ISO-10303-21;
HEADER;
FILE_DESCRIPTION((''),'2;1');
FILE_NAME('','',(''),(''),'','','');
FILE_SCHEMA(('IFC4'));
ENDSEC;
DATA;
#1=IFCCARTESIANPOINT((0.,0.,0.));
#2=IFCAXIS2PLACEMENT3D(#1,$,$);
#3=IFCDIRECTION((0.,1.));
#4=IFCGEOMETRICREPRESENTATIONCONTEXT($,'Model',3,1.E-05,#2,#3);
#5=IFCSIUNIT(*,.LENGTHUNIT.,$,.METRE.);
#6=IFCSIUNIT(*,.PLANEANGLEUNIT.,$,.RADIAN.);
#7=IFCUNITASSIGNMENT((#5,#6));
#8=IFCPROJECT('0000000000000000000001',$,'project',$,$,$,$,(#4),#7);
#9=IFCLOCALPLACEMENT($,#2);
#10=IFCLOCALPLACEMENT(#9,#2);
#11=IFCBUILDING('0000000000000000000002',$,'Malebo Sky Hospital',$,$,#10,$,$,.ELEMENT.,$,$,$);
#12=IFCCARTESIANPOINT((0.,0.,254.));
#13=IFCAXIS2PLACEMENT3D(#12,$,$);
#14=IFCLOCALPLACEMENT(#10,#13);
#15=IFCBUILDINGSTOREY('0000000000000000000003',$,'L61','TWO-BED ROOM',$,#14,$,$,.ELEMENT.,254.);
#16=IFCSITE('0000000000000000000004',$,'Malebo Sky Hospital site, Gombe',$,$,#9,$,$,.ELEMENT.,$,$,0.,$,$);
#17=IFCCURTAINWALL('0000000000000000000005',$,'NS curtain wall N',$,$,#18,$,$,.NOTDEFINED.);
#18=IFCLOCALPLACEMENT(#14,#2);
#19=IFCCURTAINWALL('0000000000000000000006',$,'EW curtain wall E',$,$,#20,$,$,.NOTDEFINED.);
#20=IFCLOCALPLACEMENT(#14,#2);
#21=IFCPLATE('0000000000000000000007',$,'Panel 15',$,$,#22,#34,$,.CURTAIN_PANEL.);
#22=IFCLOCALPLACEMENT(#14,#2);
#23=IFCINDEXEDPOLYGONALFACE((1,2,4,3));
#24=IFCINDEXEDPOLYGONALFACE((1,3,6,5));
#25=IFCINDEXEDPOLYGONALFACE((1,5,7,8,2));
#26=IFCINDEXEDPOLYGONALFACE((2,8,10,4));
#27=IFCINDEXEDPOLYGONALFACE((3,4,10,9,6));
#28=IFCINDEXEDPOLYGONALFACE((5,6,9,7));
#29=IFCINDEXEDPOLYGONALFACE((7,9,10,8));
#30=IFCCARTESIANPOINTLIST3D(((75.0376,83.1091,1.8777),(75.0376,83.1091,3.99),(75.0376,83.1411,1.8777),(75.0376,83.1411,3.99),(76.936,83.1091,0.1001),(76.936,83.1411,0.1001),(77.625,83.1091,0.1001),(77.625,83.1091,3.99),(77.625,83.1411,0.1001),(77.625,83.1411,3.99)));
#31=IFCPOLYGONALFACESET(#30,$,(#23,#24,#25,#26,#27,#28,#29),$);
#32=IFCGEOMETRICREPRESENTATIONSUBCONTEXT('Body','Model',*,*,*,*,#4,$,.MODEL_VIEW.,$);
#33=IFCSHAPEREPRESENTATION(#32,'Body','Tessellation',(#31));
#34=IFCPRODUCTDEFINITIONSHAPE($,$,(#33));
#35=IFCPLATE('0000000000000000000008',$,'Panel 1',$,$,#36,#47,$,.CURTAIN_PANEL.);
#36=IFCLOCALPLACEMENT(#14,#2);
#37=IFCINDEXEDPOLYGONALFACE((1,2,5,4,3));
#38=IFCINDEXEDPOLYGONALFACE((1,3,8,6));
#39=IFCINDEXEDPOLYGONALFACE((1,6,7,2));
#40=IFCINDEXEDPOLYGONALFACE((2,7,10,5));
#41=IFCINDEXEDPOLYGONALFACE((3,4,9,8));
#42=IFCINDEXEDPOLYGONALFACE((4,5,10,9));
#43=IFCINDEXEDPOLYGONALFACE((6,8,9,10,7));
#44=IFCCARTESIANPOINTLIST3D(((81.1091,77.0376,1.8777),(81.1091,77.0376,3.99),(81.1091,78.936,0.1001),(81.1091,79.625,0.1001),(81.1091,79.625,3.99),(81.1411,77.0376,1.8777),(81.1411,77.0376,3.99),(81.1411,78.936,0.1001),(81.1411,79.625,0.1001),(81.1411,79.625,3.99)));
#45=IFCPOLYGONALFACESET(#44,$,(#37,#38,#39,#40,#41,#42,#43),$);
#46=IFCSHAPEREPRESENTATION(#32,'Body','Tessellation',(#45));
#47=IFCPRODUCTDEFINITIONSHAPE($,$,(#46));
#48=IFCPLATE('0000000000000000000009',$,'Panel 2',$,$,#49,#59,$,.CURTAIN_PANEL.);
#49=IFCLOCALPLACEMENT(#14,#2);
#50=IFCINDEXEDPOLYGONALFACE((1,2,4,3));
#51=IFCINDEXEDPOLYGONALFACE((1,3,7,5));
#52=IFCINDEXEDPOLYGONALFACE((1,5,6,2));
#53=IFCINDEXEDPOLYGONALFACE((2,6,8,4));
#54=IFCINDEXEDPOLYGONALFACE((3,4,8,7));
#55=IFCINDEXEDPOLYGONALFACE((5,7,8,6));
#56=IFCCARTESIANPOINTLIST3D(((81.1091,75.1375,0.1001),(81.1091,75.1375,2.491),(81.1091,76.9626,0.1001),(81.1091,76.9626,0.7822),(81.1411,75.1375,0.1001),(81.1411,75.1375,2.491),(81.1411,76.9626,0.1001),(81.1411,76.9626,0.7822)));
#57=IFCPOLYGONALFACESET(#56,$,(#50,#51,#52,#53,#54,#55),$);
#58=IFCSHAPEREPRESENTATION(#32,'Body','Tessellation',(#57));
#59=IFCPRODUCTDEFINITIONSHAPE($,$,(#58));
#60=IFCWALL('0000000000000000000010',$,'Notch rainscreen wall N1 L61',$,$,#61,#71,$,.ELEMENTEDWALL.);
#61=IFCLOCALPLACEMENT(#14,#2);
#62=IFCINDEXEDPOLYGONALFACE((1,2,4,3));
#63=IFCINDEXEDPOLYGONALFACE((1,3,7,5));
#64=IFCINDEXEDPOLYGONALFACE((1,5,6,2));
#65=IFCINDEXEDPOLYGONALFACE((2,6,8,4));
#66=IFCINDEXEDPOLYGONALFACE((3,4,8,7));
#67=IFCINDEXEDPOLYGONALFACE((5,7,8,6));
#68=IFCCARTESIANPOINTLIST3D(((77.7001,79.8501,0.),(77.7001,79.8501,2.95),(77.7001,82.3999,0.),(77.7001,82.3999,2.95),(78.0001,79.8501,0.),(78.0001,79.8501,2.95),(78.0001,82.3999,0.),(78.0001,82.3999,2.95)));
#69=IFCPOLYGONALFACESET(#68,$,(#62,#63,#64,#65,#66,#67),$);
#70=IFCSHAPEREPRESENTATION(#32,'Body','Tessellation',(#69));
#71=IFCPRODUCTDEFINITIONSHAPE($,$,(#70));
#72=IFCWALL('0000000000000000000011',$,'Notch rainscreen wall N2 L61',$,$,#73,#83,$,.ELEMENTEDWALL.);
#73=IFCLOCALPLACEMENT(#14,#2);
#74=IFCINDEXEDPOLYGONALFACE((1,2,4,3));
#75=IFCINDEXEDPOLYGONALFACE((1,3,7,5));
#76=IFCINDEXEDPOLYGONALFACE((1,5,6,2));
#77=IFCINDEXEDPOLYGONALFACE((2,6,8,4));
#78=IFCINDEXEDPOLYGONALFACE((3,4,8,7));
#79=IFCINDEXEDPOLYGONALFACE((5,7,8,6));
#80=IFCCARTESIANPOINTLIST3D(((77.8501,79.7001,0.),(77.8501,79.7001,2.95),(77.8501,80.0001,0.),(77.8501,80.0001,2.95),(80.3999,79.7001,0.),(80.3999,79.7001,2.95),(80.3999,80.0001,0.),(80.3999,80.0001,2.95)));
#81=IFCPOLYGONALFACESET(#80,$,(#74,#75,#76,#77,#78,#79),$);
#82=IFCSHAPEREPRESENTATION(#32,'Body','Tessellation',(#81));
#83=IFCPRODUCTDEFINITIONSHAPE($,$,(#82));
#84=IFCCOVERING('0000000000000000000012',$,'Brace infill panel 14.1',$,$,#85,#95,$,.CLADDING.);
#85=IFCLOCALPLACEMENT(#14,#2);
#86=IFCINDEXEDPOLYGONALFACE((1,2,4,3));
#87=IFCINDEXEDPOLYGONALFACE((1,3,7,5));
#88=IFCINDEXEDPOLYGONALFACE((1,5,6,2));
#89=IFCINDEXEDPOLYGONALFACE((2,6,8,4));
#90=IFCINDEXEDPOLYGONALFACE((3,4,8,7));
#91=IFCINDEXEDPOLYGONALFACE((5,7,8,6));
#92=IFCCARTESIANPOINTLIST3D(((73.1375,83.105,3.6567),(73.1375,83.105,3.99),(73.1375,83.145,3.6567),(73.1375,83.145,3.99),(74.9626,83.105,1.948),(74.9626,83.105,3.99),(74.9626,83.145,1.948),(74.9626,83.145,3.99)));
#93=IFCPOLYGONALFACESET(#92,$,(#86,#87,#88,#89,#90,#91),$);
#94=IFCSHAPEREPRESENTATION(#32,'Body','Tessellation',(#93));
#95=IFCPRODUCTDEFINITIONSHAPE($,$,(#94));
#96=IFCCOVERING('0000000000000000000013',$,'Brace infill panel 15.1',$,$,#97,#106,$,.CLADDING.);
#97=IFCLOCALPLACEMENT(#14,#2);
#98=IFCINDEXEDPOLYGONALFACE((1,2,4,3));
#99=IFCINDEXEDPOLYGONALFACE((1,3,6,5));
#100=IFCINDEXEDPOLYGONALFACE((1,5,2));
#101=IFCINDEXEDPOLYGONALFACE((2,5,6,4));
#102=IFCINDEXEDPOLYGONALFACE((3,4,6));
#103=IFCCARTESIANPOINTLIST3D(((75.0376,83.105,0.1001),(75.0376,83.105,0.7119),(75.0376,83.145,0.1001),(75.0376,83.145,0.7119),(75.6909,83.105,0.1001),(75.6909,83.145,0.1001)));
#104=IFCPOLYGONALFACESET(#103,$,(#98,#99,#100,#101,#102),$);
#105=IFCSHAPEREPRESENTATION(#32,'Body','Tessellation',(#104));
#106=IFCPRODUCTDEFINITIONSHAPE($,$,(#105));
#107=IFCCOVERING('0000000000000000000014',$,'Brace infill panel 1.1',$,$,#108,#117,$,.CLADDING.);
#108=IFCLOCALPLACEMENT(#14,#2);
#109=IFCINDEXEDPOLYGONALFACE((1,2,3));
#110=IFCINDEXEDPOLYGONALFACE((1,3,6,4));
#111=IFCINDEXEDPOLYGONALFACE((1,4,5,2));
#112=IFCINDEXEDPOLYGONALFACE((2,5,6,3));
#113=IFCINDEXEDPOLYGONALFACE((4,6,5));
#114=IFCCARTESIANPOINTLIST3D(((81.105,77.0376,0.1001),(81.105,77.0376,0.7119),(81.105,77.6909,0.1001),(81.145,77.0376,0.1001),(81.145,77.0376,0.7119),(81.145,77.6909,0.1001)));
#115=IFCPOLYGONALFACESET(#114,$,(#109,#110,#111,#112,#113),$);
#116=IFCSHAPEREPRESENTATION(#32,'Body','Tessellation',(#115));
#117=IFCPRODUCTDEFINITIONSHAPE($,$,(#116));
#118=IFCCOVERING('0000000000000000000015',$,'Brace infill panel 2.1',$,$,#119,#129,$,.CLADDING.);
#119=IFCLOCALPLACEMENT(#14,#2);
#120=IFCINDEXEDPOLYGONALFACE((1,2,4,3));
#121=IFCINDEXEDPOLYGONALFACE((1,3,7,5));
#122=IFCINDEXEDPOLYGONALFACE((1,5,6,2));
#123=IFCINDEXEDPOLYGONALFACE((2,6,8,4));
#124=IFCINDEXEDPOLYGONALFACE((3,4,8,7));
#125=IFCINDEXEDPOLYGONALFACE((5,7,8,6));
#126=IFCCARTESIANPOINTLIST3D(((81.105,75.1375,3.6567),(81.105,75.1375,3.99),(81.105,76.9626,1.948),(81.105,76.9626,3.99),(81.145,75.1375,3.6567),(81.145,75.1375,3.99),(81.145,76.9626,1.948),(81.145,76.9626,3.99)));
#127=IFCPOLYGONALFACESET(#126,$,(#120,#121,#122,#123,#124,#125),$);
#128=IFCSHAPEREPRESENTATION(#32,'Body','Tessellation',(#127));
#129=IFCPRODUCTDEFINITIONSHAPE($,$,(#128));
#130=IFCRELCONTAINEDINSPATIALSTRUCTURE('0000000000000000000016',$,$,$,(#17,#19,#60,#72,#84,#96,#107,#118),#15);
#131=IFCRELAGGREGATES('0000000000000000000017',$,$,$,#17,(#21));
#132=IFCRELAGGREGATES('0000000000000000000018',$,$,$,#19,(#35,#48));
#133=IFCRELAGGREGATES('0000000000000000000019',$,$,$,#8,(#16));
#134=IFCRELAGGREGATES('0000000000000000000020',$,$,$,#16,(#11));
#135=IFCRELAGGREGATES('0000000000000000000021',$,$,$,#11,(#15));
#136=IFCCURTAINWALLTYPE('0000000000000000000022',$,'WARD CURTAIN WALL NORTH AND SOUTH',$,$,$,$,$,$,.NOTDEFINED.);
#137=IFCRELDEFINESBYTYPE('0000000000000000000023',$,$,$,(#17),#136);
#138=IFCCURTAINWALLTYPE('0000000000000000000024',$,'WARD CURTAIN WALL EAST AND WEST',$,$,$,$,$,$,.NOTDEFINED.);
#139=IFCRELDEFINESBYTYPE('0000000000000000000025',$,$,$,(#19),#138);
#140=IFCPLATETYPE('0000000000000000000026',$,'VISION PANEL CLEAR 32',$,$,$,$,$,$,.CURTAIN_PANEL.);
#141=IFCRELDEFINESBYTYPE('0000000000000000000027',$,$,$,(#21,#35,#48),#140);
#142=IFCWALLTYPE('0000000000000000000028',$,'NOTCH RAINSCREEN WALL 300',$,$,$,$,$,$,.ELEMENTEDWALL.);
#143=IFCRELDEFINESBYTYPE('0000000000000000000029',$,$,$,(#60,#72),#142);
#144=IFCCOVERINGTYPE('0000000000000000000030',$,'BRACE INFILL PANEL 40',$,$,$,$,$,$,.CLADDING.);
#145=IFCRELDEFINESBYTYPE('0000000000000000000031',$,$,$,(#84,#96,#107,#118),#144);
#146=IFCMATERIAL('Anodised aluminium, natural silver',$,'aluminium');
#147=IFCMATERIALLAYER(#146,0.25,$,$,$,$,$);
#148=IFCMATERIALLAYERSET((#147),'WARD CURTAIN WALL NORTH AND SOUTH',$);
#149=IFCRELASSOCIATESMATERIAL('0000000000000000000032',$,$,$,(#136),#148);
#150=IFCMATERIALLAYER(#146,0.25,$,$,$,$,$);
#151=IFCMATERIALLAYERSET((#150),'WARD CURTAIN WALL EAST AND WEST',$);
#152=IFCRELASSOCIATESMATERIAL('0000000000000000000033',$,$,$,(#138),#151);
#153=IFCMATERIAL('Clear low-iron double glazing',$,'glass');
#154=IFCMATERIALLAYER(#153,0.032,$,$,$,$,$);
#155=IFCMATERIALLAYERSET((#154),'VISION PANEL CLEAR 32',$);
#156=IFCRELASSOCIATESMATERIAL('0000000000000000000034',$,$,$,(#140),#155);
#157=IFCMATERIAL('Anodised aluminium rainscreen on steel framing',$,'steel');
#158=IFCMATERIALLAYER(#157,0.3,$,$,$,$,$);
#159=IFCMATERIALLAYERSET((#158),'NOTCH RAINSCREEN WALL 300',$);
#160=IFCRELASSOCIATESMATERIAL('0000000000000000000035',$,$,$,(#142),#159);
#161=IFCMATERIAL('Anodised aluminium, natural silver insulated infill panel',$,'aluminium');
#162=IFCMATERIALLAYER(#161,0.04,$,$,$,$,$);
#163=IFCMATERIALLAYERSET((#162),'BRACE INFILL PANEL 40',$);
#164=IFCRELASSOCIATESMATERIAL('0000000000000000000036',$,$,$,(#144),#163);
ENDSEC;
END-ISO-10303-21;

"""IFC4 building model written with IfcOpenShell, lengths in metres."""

from ifc_helpers import new_model, si_unit, direction, frame, frame_2d, origin, place, context, subcontext, project, spatial, polyline, rectangle, outline, extrude, material, layer, layer_set, type_object, element, aggregate, save


model = new_model("IFC4")

# Units and contexts
model_context = context("Model", 3, precision=1e-05, world=origin(), true_north=direction((0.0, 1.0)))
body_context = subcontext(model_context, "Body", "Model", "MODEL_VIEW")
ifc_project = project(units=[si_unit("LENGTHUNIT", "METRE"), si_unit("PLANEANGLEUNIT", "RADIAN")], contexts=[model_context])

# Site, building, storey
site_placement = place(None, origin())
site = spatial("IfcSite", under=ifc_project, at=site_placement, Name="Malebo Sky Hospital site, Gombe", CompositionType="ELEMENT", RefElevation=0.0)
building_placement = place(site_placement, origin())
building = spatial("IfcBuilding", under=site, at=building_placement, Name="Malebo Sky Hospital", CompositionType="ELEMENT")
storey_placement = place(building_placement, frame((0.0, 0.0, 254.0)))
storey = spatial("IfcBuildingStorey", under=building, at=storey_placement, Name="L61", Description="TWO-BED ROOM", CompositionType="ELEMENT", Elevation=254.0)

# Curtain wall
ifc_material_1 = material(Name="Anodised aluminium, natural silver", Category="aluminium")
ifc_layer_1 = layer(ifc_material_1, 0.25)
ifc_layer_set_1 = layer_set([ifc_layer_1], Name="WARD CURTAIN WALL NORTH AND SOUTH")
curtain_wall_type_1 = type_object("IfcCurtainWallType", Name="WARD CURTAIN WALL NORTH AND SOUTH", PredefinedType="NOTDEFINED", material=ifc_layer_set_1)
curtain_wall_1_placement = place(storey_placement, origin())
curtain_wall_1 = element("IfcCurtainWall", 1, at=curtain_wall_1_placement, inside=storey, type_object=curtain_wall_type_1, Name="NS curtain wall N", PredefinedType="NOTDEFINED")

# Curtain wall
ifc_layer_2 = layer(ifc_material_1, 0.25)
ifc_layer_set_2 = layer_set([ifc_layer_2], Name="WARD CURTAIN WALL EAST AND WEST")
curtain_wall_type_2 = type_object("IfcCurtainWallType", Name="WARD CURTAIN WALL EAST AND WEST", PredefinedType="NOTDEFINED", material=ifc_layer_set_2)
curtain_wall_2_placement = place(storey_placement, origin())
curtain_wall_2 = element("IfcCurtainWall", 2, at=curtain_wall_2_placement, inside=storey, type_object=curtain_wall_type_2, Name="EW curtain wall E", PredefinedType="NOTDEFINED")

# Plates
ifc_material_2 = material(Name="Clear low-iron double glazing", Category="glass")
ifc_layer_3 = layer(ifc_material_2, 0.032)
ifc_layer_set_3 = layer_set([ifc_layer_3], Name="VISION PANEL CLEAR 32")
plate_type = type_object("IfcPlateType", Name="VISION PANEL CLEAR 32", PredefinedType="CURTAIN_PANEL", material=ifc_layer_set_3)
plate_1_placement = place(storey_placement, frame((76.3313, 83.125, 0.1001), z_axis=(0.0, 0.0, 1.0), x_axis=(1.0, 0.0, 0.0)))
plate_1 = element("IfcPlate", 3, at=plate_1_placement, type_object=plate_type, Name="Panel 15", PredefinedType="CURTAIN_PANEL", context=body_context, shape_type="SweptSolid", body=[
    extrude(outline(polyline([(0.6047, 0.0), (1.2937, 0.0), (1.2937, 3.8899), (-1.2937, 3.8899), (-1.2937, 1.7776), (0.6047, 0.0)])), frame((0.0, 0.0161, 0.0), z_axis=(0.0, -1.0, 0.0), x_axis=(1.0, 0.0, 0.0)), (0.0, 0.0, 1.0), 0.032),
])
aggregate(curtain_wall_1, [plate_1])
plate_2_placement = place(storey_placement, frame((81.125, 78.3313, 0.1001), z_axis=(0.0, 0.0, 1.0), x_axis=(0.0, -1.0, 0.0)))
plate_2 = element("IfcPlate", 4, at=plate_2_placement, type_object=plate_type, Name="Panel 1", PredefinedType="CURTAIN_PANEL", context=body_context, shape_type="SweptSolid", body=[
    extrude(outline(polyline([(-1.2937, 0.0), (-0.6047, 0.0), (1.2937, 1.7776), (1.2937, 3.8899), (-1.2937, 3.8899), (-1.2937, 0.0)])), frame((0.0, 0.0161, 0.0), z_axis=(0.0, -1.0, 0.0), x_axis=(1.0, 0.0, 0.0)), (0.0, 0.0, 1.0), 0.032),
])
plate_3_placement = place(storey_placement, frame((81.125, 76.05, 0.1001), z_axis=(0.0, 0.0, 1.0), x_axis=(0.0, -1.0, 0.0)))
plate_3 = element("IfcPlate", 5, at=plate_3_placement, type_object=plate_type, Name="Panel 2", PredefinedType="CURTAIN_PANEL", context=body_context, shape_type="SweptSolid", body=[
    extrude(outline(polyline([(-0.9126, 0.0), (0.9126, 0.0), (0.9126, 2.3909), (-0.9126, 0.6821), (-0.9126, 0.0)])), frame((0.0, 0.0161, 0.0), z_axis=(0.0, -1.0, 0.0), x_axis=(1.0, 0.0, 0.0)), (0.0, 0.0, 1.0), 0.032),
])
aggregate(curtain_wall_2, [plate_2, plate_3])

# Walls
ifc_material_3 = material(Name="Anodised aluminium rainscreen on steel framing", Category="steel")
ifc_layer_4 = layer(ifc_material_3, 0.3)
ifc_layer_set_4 = layer_set([ifc_layer_4], Name="NOTCH RAINSCREEN WALL 300")
wall_type = type_object("IfcWallType", Name="NOTCH RAINSCREEN WALL 300", PredefinedType="ELEMENTEDWALL", material=ifc_layer_set_4)
for number, where, z_axis, x_axis, name in (
    (6, (77.8501, 82.3999, 0.0), (0.0, 0.0, 1.0), (0.0, -1.0, 0.0), "Notch rainscreen wall N1 L61"),
    (7, (77.8501, 79.8501, 0.0), (0.0, 0.0, 1.0), (1.0, 0.0, 0.0), "Notch rainscreen wall N2 L61"),
):
    element("IfcWall", number, at=place(storey_placement, frame(where, z_axis=z_axis, x_axis=x_axis)), inside=storey, type_object=wall_type, Name=name, PredefinedType="ELEMENTEDWALL", context=body_context, shape_type="SweptSolid", body=[
        extrude(rectangle(XDim=2.5498, YDim=0.3, at=frame_2d((1.2749, 0.0))), origin(), (0.0, 0.0, 1.0), 2.95),
    ])

# Coverings
ifc_material_4 = material(Name="Anodised aluminium, natural silver insulated infill panel", Category="aluminium")
ifc_layer_5 = layer(ifc_material_4, 0.04)
ifc_layer_set_5 = layer_set([ifc_layer_5], Name="BRACE INFILL PANEL 40")
covering_type = type_object("IfcCoveringType", Name="BRACE INFILL PANEL 40", PredefinedType="CLADDING", material=ifc_layer_set_5)
covering_1_placement = place(storey_placement, frame((74.05, 83.125, 1.948), z_axis=(0.0, 0.0, 1.0), x_axis=(1.0, 0.0, 0.0)))
element("IfcCovering", 8, at=covering_1_placement, inside=storey, type_object=covering_type, Name="Brace infill panel 14.1", PredefinedType="CLADDING", context=body_context, shape_type="SweptSolid", body=[
    extrude(outline(polyline([(0.9126, 0.0), (0.9126, 2.042), (-0.9126, 2.042), (-0.9126, 1.7087), (0.9126, 0.0)])), frame((0.0, 0.02, 0.0), z_axis=(0.0, -1.0, 0.0), x_axis=(1.0, 0.0, 0.0)), (0.0, 0.0, 1.0), 0.04),
])
covering_2_placement = place(storey_placement, frame((75.3643, 83.125, 0.1001), z_axis=(0.0, 0.0, 1.0), x_axis=(1.0, 0.0, 0.0)))
element("IfcCovering", 9, at=covering_2_placement, inside=storey, type_object=covering_type, Name="Brace infill panel 15.1", PredefinedType="CLADDING", context=body_context, shape_type="SweptSolid", body=[
    extrude(outline(polyline([(-0.3267, 0.0), (0.3267, 0.0), (-0.3267, 0.6118), (-0.3267, 0.0)])), frame((0.0, 0.02, 0.0), z_axis=(0.0, -1.0, 0.0), x_axis=(1.0, 0.0, 0.0)), (0.0, 0.0, 1.0), 0.04),
])
covering_3_placement = place(storey_placement, frame((81.125, 77.3643, 0.1001), z_axis=(0.0, 0.0, 1.0), x_axis=(0.0, -1.0, 0.0)))
element("IfcCovering", 10, at=covering_3_placement, inside=storey, type_object=covering_type, Name="Brace infill panel 1.1", PredefinedType="CLADDING", context=body_context, shape_type="SweptSolid", body=[
    extrude(outline(polyline([(-0.3267, 0.0), (0.3267, 0.0), (0.3267, 0.6118), (-0.3267, 0.0)])), frame((0.0, 0.02, 0.0), z_axis=(0.0, -1.0, 0.0), x_axis=(1.0, 0.0, 0.0)), (0.0, 0.0, 1.0), 0.04),
])
covering_4_placement = place(storey_placement, frame((81.125, 76.05, 1.948), z_axis=(0.0, 0.0, 1.0), x_axis=(0.0, -1.0, 0.0)))
element("IfcCovering", 11, at=covering_4_placement, inside=storey, type_object=covering_type, Name="Brace infill panel 2.1", PredefinedType="CLADDING", context=body_context, shape_type="SweptSolid", body=[
    extrude(outline(polyline([(-0.9126, 0.0), (0.9126, 1.7087), (0.9126, 2.042), (-0.9126, 2.042), (-0.9126, 0.0)])), frame((0.0, 0.02, 0.0), z_axis=(0.0, -1.0, 0.0), x_axis=(1.0, 0.0, 0.0)), (0.0, 0.0, 1.0), 0.04),
])

save(model, "model.ifc")
